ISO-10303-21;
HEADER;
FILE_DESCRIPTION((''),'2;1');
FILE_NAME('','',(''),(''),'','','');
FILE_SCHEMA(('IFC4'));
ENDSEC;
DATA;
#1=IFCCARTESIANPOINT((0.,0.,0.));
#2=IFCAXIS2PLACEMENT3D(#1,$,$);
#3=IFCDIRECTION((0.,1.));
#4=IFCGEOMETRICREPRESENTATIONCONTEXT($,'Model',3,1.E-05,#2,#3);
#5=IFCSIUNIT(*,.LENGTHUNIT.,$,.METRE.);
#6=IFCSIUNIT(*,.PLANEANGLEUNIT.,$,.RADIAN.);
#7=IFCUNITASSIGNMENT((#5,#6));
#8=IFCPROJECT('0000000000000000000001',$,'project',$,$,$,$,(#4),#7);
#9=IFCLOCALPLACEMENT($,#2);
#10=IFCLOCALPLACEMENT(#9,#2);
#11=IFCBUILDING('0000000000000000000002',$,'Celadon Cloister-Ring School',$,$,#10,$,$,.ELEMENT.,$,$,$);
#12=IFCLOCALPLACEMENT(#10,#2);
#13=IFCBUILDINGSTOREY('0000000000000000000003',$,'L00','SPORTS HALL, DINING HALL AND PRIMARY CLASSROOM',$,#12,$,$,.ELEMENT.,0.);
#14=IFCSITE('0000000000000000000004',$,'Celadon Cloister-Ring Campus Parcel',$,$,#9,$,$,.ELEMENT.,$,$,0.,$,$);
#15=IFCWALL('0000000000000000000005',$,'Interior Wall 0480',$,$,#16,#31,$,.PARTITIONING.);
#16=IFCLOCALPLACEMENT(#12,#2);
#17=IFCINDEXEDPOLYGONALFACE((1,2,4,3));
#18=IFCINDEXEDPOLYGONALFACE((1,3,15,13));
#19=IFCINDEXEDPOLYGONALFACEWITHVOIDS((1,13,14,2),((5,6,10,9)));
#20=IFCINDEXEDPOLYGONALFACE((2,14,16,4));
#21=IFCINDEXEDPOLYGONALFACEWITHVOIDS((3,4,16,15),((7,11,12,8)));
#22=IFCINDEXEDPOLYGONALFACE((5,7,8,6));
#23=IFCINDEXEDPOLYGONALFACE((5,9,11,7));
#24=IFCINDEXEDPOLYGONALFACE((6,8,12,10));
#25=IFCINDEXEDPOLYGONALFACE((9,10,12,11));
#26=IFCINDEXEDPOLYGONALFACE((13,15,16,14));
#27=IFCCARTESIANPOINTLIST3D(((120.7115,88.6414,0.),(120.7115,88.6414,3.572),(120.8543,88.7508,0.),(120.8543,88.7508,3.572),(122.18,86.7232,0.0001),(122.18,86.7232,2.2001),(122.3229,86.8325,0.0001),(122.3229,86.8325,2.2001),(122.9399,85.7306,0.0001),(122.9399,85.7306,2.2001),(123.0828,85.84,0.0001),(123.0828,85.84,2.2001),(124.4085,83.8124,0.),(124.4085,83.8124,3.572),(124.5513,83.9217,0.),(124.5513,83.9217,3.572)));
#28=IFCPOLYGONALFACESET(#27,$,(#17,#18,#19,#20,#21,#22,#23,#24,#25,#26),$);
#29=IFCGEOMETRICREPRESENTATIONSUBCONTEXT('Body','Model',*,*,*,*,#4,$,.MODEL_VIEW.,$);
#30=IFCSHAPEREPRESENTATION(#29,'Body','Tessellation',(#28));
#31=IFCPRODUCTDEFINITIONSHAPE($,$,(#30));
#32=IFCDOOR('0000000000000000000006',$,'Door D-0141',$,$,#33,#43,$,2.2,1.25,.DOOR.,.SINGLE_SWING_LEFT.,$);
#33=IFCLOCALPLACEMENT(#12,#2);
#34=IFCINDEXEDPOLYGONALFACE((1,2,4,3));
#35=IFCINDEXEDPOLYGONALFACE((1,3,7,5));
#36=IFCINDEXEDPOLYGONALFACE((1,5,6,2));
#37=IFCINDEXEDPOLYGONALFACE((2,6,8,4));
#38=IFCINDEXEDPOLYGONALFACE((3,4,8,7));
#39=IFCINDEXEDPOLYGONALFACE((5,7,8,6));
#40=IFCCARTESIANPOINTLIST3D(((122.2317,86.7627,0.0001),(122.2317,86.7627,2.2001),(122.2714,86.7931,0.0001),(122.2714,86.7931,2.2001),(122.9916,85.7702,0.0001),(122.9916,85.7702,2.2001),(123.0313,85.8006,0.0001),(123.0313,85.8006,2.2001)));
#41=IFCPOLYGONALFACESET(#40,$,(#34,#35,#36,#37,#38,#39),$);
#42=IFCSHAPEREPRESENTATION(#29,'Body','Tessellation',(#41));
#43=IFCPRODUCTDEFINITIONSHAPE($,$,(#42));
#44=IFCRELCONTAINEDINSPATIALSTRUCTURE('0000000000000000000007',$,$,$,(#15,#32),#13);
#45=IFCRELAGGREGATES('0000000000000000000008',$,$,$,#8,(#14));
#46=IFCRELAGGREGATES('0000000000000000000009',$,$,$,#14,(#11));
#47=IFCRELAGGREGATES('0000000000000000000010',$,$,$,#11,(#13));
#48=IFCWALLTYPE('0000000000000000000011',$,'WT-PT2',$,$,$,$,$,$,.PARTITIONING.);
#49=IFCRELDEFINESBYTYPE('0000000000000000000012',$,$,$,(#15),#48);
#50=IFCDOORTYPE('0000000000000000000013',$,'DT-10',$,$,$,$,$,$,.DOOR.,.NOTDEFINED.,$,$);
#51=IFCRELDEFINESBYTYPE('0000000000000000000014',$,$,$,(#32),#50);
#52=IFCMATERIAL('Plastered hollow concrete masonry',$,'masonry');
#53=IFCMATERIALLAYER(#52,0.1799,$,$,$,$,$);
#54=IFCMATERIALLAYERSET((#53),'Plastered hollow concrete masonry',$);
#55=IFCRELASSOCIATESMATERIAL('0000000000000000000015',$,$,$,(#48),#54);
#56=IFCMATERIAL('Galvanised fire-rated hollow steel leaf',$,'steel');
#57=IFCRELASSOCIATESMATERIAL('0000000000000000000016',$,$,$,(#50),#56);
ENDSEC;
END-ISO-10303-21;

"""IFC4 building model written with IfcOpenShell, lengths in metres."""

from ifc_helpers import new_model, si_unit, direction, frame, frame_2d, origin, place, context, subcontext, project, spatial, rectangle, extrude, material, layer, layer_set, type_object, element, fill, save


model = new_model("IFC4")

# Units and contexts
model_context = context("Model", 3, precision=1e-05, world=origin(), true_north=direction((0.0, 1.0)))
body_context = subcontext(model_context, "Body", "Model", "MODEL_VIEW")
ifc_project = project(units=[si_unit("LENGTHUNIT", "METRE"), si_unit("PLANEANGLEUNIT", "RADIAN")], contexts=[model_context])

# Site, building, storey
site_placement = place(None, origin())
site = spatial("IfcSite", under=ifc_project, at=site_placement, Name="Celadon Cloister-Ring Campus Parcel", CompositionType="ELEMENT", RefElevation=0.0)
building_placement = place(site_placement, origin())
building = spatial("IfcBuilding", under=site, at=building_placement, Name="Celadon Cloister-Ring School", CompositionType="ELEMENT")
storey_placement = place(building_placement, origin())
storey = spatial("IfcBuildingStorey", under=building, at=storey_placement, Name="L00", Description="SPORTS HALL, DINING HALL AND PRIMARY CLASSROOM", CompositionType="ELEMENT", Elevation=0.0)

# Wall, opening, door
ifc_material_1 = material(Name="Plastered hollow concrete masonry", Category="masonry")
ifc_layer_1 = layer(ifc_material_1, 0.1799)
ifc_layer_set_1 = layer_set([ifc_layer_1], Name="Plastered hollow concrete masonry")
wall_type = type_object("IfcWallType", Name="WT-PT2", PredefinedType="PARTITIONING", material=ifc_layer_set_1)
wall_placement = place(storey_placement, frame((124.48, 83.8669, 0.0), z_axis=(0.0, 0.0, 1.0), x_axis=(-0.607884, 0.794026, 0.0)))
wall = element("IfcWall", 1, at=wall_placement, inside=storey, type_object=wall_type, Name="Interior Wall 0480", PredefinedType="PARTITIONING", context=body_context, shape_type="SweptSolid", body=[
    extrude(rectangle(XDim=6.0818, YDim=0.1799, at=frame_2d((3.041, 0.0))), origin(), (0.0, 0.0, 1.0), 3.572),
])
opening_placement = place(wall_placement, frame((2.416, 0.0, 0.0)))
opening = element("IfcOpeningElement", 2, at=opening_placement, cuts=wall, PredefinedType="OPENING", context=body_context, shape_type="SweptSolid", body=[
    extrude(rectangle(XDim=1.25, YDim=2.2, at=frame_2d((0.625, 1.1001))), frame((0.0, 0.1001, 0.0), z_axis=(0.0, -1.0, 0.0), x_axis=(1.0, 0.0, 0.0)), (0.0, 0.0, 1.0), 0.2),
])
ifc_material_2 = material(Name="Galvanised fire-rated hollow steel leaf", Category="steel")
door_type = type_object("IfcDoorType", Name="DT-10", OperationType="NOTDEFINED", PredefinedType="DOOR", material=ifc_material_2)
door_placement = place(opening_placement, origin())
door = element("IfcDoor", 3, at=door_placement, inside=storey, type_object=door_type, Name="Door D-0141", OperationType="SINGLE_SWING_LEFT", OverallHeight=2.2, OverallWidth=1.25, PredefinedType="DOOR", context=body_context, shape_type="SweptSolid", body=[
    extrude(rectangle(XDim=1.25, YDim=2.2, at=frame_2d((0.625, 1.1001))), frame((0.0, 0.0249, 0.0), z_axis=(0.0, -1.0, 0.0), x_axis=(1.0, 0.0, 0.0)), (0.0, 0.0, 1.0), 0.05),
])
fill(opening, door)

save(model, "model.ifc")
